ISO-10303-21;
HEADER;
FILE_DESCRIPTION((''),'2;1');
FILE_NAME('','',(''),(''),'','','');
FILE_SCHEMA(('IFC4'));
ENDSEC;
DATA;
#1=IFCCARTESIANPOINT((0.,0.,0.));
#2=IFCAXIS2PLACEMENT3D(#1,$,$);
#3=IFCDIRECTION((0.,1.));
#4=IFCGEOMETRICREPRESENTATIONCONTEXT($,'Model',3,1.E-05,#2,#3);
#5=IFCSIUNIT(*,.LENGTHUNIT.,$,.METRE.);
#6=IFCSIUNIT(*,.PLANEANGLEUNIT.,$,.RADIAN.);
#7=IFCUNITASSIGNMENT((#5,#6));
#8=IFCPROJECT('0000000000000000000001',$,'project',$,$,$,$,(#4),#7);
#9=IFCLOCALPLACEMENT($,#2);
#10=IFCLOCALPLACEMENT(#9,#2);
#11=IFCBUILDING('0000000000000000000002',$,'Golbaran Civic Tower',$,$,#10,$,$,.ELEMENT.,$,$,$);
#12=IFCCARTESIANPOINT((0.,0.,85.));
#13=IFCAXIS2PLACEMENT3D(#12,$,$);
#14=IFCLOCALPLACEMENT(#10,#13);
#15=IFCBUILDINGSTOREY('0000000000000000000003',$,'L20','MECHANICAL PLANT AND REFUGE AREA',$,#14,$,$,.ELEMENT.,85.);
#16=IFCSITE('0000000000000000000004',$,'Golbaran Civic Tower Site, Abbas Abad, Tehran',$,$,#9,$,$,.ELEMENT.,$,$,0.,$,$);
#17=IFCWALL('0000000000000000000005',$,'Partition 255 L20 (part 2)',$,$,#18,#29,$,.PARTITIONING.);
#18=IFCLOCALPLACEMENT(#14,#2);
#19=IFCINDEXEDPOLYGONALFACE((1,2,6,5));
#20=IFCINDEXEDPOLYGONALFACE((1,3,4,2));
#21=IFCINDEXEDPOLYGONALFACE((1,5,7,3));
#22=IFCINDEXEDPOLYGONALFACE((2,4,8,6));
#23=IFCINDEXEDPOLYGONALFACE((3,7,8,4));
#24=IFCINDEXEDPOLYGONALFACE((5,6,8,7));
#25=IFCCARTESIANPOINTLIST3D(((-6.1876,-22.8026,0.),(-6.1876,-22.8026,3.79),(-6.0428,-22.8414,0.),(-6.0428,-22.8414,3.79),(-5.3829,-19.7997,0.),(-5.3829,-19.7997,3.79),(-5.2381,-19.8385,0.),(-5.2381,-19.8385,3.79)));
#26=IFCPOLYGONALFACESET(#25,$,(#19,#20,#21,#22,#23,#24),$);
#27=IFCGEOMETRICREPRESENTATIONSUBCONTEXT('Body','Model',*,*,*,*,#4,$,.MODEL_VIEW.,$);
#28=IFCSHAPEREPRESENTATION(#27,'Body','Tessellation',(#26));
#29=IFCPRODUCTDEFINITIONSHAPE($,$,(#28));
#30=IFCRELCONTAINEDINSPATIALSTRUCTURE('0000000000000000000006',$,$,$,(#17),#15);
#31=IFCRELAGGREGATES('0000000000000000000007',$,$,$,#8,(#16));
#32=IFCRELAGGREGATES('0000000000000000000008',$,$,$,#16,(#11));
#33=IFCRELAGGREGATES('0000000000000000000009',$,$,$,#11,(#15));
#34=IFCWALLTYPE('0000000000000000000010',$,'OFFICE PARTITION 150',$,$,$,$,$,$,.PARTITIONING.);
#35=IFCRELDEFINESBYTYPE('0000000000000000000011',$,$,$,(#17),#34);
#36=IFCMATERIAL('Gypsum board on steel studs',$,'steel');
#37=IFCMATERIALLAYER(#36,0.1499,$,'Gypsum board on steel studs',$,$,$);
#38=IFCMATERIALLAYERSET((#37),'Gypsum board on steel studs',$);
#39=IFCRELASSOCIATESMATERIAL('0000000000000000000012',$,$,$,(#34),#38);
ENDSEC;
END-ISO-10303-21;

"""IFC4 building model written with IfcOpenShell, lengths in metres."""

from ifc_helpers import new_model, si_unit, direction, frame, frame_2d, origin, place, context, subcontext, project, spatial, rectangle, extrude, material, layer, layer_set, type_object, element, save


model = new_model("IFC4")

# Units and contexts
model_context = context("Model", 3, precision=1e-05, world=origin(), true_north=direction((0.0, 1.0)))
body_context = subcontext(model_context, "Body", "Model", "MODEL_VIEW")
ifc_project = project(units=[si_unit("LENGTHUNIT", "METRE"), si_unit("PLANEANGLEUNIT", "RADIAN")], contexts=[model_context])

# Site, building, storey
site_placement = place(None, origin())
site = spatial("IfcSite", under=ifc_project, at=site_placement, Name="Golbaran Civic Tower Site, Abbas Abad, Tehran", CompositionType="ELEMENT", RefElevation=0.0)
building_placement = place(site_placement, origin())
building = spatial("IfcBuilding", under=site, at=building_placement, Name="Golbaran Civic Tower", CompositionType="ELEMENT")
storey_placement = place(building_placement, frame((0.0, 0.0, 85.0)))
storey = spatial("IfcBuildingStorey", under=building, at=storey_placement, Name="L20", Description="MECHANICAL PLANT AND REFUGE AREA", CompositionType="ELEMENT", Elevation=85.0)

# Wall
ifc_material_1 = material(Name="Gypsum board on steel studs", Category="steel")
ifc_layer_1 = layer(ifc_material_1, 0.1499, Name="Gypsum board on steel studs")
ifc_layer_set_1 = layer_set([ifc_layer_1], Name="Gypsum board on steel studs")
wall_type_1 = type_object("IfcWallType", Name="OFFICE PARTITION 150", PredefinedType="PARTITIONING", material=ifc_layer_set_1)
wall_1_placement = place(storey_placement, frame((-5.3105, -19.8191, 0.0), z_axis=(0.0, 0.0, 1.0), x_axis=(-0.258836, -0.965921, 0.0)))
element("IfcWall", 1, at=wall_1_placement, inside=storey, type_object=wall_type_1, Name="Partition 255 L20 (part 2)", PredefinedType="PARTITIONING", context=body_context, shape_type="SweptSolid", body=[
    extrude(rectangle(XDim=3.1089, YDim=0.1499, at=frame_2d((1.5544, 0.0))), origin(), (0.0, 0.0, 1.0), 3.79),
])

save(model, "model.ifc")
